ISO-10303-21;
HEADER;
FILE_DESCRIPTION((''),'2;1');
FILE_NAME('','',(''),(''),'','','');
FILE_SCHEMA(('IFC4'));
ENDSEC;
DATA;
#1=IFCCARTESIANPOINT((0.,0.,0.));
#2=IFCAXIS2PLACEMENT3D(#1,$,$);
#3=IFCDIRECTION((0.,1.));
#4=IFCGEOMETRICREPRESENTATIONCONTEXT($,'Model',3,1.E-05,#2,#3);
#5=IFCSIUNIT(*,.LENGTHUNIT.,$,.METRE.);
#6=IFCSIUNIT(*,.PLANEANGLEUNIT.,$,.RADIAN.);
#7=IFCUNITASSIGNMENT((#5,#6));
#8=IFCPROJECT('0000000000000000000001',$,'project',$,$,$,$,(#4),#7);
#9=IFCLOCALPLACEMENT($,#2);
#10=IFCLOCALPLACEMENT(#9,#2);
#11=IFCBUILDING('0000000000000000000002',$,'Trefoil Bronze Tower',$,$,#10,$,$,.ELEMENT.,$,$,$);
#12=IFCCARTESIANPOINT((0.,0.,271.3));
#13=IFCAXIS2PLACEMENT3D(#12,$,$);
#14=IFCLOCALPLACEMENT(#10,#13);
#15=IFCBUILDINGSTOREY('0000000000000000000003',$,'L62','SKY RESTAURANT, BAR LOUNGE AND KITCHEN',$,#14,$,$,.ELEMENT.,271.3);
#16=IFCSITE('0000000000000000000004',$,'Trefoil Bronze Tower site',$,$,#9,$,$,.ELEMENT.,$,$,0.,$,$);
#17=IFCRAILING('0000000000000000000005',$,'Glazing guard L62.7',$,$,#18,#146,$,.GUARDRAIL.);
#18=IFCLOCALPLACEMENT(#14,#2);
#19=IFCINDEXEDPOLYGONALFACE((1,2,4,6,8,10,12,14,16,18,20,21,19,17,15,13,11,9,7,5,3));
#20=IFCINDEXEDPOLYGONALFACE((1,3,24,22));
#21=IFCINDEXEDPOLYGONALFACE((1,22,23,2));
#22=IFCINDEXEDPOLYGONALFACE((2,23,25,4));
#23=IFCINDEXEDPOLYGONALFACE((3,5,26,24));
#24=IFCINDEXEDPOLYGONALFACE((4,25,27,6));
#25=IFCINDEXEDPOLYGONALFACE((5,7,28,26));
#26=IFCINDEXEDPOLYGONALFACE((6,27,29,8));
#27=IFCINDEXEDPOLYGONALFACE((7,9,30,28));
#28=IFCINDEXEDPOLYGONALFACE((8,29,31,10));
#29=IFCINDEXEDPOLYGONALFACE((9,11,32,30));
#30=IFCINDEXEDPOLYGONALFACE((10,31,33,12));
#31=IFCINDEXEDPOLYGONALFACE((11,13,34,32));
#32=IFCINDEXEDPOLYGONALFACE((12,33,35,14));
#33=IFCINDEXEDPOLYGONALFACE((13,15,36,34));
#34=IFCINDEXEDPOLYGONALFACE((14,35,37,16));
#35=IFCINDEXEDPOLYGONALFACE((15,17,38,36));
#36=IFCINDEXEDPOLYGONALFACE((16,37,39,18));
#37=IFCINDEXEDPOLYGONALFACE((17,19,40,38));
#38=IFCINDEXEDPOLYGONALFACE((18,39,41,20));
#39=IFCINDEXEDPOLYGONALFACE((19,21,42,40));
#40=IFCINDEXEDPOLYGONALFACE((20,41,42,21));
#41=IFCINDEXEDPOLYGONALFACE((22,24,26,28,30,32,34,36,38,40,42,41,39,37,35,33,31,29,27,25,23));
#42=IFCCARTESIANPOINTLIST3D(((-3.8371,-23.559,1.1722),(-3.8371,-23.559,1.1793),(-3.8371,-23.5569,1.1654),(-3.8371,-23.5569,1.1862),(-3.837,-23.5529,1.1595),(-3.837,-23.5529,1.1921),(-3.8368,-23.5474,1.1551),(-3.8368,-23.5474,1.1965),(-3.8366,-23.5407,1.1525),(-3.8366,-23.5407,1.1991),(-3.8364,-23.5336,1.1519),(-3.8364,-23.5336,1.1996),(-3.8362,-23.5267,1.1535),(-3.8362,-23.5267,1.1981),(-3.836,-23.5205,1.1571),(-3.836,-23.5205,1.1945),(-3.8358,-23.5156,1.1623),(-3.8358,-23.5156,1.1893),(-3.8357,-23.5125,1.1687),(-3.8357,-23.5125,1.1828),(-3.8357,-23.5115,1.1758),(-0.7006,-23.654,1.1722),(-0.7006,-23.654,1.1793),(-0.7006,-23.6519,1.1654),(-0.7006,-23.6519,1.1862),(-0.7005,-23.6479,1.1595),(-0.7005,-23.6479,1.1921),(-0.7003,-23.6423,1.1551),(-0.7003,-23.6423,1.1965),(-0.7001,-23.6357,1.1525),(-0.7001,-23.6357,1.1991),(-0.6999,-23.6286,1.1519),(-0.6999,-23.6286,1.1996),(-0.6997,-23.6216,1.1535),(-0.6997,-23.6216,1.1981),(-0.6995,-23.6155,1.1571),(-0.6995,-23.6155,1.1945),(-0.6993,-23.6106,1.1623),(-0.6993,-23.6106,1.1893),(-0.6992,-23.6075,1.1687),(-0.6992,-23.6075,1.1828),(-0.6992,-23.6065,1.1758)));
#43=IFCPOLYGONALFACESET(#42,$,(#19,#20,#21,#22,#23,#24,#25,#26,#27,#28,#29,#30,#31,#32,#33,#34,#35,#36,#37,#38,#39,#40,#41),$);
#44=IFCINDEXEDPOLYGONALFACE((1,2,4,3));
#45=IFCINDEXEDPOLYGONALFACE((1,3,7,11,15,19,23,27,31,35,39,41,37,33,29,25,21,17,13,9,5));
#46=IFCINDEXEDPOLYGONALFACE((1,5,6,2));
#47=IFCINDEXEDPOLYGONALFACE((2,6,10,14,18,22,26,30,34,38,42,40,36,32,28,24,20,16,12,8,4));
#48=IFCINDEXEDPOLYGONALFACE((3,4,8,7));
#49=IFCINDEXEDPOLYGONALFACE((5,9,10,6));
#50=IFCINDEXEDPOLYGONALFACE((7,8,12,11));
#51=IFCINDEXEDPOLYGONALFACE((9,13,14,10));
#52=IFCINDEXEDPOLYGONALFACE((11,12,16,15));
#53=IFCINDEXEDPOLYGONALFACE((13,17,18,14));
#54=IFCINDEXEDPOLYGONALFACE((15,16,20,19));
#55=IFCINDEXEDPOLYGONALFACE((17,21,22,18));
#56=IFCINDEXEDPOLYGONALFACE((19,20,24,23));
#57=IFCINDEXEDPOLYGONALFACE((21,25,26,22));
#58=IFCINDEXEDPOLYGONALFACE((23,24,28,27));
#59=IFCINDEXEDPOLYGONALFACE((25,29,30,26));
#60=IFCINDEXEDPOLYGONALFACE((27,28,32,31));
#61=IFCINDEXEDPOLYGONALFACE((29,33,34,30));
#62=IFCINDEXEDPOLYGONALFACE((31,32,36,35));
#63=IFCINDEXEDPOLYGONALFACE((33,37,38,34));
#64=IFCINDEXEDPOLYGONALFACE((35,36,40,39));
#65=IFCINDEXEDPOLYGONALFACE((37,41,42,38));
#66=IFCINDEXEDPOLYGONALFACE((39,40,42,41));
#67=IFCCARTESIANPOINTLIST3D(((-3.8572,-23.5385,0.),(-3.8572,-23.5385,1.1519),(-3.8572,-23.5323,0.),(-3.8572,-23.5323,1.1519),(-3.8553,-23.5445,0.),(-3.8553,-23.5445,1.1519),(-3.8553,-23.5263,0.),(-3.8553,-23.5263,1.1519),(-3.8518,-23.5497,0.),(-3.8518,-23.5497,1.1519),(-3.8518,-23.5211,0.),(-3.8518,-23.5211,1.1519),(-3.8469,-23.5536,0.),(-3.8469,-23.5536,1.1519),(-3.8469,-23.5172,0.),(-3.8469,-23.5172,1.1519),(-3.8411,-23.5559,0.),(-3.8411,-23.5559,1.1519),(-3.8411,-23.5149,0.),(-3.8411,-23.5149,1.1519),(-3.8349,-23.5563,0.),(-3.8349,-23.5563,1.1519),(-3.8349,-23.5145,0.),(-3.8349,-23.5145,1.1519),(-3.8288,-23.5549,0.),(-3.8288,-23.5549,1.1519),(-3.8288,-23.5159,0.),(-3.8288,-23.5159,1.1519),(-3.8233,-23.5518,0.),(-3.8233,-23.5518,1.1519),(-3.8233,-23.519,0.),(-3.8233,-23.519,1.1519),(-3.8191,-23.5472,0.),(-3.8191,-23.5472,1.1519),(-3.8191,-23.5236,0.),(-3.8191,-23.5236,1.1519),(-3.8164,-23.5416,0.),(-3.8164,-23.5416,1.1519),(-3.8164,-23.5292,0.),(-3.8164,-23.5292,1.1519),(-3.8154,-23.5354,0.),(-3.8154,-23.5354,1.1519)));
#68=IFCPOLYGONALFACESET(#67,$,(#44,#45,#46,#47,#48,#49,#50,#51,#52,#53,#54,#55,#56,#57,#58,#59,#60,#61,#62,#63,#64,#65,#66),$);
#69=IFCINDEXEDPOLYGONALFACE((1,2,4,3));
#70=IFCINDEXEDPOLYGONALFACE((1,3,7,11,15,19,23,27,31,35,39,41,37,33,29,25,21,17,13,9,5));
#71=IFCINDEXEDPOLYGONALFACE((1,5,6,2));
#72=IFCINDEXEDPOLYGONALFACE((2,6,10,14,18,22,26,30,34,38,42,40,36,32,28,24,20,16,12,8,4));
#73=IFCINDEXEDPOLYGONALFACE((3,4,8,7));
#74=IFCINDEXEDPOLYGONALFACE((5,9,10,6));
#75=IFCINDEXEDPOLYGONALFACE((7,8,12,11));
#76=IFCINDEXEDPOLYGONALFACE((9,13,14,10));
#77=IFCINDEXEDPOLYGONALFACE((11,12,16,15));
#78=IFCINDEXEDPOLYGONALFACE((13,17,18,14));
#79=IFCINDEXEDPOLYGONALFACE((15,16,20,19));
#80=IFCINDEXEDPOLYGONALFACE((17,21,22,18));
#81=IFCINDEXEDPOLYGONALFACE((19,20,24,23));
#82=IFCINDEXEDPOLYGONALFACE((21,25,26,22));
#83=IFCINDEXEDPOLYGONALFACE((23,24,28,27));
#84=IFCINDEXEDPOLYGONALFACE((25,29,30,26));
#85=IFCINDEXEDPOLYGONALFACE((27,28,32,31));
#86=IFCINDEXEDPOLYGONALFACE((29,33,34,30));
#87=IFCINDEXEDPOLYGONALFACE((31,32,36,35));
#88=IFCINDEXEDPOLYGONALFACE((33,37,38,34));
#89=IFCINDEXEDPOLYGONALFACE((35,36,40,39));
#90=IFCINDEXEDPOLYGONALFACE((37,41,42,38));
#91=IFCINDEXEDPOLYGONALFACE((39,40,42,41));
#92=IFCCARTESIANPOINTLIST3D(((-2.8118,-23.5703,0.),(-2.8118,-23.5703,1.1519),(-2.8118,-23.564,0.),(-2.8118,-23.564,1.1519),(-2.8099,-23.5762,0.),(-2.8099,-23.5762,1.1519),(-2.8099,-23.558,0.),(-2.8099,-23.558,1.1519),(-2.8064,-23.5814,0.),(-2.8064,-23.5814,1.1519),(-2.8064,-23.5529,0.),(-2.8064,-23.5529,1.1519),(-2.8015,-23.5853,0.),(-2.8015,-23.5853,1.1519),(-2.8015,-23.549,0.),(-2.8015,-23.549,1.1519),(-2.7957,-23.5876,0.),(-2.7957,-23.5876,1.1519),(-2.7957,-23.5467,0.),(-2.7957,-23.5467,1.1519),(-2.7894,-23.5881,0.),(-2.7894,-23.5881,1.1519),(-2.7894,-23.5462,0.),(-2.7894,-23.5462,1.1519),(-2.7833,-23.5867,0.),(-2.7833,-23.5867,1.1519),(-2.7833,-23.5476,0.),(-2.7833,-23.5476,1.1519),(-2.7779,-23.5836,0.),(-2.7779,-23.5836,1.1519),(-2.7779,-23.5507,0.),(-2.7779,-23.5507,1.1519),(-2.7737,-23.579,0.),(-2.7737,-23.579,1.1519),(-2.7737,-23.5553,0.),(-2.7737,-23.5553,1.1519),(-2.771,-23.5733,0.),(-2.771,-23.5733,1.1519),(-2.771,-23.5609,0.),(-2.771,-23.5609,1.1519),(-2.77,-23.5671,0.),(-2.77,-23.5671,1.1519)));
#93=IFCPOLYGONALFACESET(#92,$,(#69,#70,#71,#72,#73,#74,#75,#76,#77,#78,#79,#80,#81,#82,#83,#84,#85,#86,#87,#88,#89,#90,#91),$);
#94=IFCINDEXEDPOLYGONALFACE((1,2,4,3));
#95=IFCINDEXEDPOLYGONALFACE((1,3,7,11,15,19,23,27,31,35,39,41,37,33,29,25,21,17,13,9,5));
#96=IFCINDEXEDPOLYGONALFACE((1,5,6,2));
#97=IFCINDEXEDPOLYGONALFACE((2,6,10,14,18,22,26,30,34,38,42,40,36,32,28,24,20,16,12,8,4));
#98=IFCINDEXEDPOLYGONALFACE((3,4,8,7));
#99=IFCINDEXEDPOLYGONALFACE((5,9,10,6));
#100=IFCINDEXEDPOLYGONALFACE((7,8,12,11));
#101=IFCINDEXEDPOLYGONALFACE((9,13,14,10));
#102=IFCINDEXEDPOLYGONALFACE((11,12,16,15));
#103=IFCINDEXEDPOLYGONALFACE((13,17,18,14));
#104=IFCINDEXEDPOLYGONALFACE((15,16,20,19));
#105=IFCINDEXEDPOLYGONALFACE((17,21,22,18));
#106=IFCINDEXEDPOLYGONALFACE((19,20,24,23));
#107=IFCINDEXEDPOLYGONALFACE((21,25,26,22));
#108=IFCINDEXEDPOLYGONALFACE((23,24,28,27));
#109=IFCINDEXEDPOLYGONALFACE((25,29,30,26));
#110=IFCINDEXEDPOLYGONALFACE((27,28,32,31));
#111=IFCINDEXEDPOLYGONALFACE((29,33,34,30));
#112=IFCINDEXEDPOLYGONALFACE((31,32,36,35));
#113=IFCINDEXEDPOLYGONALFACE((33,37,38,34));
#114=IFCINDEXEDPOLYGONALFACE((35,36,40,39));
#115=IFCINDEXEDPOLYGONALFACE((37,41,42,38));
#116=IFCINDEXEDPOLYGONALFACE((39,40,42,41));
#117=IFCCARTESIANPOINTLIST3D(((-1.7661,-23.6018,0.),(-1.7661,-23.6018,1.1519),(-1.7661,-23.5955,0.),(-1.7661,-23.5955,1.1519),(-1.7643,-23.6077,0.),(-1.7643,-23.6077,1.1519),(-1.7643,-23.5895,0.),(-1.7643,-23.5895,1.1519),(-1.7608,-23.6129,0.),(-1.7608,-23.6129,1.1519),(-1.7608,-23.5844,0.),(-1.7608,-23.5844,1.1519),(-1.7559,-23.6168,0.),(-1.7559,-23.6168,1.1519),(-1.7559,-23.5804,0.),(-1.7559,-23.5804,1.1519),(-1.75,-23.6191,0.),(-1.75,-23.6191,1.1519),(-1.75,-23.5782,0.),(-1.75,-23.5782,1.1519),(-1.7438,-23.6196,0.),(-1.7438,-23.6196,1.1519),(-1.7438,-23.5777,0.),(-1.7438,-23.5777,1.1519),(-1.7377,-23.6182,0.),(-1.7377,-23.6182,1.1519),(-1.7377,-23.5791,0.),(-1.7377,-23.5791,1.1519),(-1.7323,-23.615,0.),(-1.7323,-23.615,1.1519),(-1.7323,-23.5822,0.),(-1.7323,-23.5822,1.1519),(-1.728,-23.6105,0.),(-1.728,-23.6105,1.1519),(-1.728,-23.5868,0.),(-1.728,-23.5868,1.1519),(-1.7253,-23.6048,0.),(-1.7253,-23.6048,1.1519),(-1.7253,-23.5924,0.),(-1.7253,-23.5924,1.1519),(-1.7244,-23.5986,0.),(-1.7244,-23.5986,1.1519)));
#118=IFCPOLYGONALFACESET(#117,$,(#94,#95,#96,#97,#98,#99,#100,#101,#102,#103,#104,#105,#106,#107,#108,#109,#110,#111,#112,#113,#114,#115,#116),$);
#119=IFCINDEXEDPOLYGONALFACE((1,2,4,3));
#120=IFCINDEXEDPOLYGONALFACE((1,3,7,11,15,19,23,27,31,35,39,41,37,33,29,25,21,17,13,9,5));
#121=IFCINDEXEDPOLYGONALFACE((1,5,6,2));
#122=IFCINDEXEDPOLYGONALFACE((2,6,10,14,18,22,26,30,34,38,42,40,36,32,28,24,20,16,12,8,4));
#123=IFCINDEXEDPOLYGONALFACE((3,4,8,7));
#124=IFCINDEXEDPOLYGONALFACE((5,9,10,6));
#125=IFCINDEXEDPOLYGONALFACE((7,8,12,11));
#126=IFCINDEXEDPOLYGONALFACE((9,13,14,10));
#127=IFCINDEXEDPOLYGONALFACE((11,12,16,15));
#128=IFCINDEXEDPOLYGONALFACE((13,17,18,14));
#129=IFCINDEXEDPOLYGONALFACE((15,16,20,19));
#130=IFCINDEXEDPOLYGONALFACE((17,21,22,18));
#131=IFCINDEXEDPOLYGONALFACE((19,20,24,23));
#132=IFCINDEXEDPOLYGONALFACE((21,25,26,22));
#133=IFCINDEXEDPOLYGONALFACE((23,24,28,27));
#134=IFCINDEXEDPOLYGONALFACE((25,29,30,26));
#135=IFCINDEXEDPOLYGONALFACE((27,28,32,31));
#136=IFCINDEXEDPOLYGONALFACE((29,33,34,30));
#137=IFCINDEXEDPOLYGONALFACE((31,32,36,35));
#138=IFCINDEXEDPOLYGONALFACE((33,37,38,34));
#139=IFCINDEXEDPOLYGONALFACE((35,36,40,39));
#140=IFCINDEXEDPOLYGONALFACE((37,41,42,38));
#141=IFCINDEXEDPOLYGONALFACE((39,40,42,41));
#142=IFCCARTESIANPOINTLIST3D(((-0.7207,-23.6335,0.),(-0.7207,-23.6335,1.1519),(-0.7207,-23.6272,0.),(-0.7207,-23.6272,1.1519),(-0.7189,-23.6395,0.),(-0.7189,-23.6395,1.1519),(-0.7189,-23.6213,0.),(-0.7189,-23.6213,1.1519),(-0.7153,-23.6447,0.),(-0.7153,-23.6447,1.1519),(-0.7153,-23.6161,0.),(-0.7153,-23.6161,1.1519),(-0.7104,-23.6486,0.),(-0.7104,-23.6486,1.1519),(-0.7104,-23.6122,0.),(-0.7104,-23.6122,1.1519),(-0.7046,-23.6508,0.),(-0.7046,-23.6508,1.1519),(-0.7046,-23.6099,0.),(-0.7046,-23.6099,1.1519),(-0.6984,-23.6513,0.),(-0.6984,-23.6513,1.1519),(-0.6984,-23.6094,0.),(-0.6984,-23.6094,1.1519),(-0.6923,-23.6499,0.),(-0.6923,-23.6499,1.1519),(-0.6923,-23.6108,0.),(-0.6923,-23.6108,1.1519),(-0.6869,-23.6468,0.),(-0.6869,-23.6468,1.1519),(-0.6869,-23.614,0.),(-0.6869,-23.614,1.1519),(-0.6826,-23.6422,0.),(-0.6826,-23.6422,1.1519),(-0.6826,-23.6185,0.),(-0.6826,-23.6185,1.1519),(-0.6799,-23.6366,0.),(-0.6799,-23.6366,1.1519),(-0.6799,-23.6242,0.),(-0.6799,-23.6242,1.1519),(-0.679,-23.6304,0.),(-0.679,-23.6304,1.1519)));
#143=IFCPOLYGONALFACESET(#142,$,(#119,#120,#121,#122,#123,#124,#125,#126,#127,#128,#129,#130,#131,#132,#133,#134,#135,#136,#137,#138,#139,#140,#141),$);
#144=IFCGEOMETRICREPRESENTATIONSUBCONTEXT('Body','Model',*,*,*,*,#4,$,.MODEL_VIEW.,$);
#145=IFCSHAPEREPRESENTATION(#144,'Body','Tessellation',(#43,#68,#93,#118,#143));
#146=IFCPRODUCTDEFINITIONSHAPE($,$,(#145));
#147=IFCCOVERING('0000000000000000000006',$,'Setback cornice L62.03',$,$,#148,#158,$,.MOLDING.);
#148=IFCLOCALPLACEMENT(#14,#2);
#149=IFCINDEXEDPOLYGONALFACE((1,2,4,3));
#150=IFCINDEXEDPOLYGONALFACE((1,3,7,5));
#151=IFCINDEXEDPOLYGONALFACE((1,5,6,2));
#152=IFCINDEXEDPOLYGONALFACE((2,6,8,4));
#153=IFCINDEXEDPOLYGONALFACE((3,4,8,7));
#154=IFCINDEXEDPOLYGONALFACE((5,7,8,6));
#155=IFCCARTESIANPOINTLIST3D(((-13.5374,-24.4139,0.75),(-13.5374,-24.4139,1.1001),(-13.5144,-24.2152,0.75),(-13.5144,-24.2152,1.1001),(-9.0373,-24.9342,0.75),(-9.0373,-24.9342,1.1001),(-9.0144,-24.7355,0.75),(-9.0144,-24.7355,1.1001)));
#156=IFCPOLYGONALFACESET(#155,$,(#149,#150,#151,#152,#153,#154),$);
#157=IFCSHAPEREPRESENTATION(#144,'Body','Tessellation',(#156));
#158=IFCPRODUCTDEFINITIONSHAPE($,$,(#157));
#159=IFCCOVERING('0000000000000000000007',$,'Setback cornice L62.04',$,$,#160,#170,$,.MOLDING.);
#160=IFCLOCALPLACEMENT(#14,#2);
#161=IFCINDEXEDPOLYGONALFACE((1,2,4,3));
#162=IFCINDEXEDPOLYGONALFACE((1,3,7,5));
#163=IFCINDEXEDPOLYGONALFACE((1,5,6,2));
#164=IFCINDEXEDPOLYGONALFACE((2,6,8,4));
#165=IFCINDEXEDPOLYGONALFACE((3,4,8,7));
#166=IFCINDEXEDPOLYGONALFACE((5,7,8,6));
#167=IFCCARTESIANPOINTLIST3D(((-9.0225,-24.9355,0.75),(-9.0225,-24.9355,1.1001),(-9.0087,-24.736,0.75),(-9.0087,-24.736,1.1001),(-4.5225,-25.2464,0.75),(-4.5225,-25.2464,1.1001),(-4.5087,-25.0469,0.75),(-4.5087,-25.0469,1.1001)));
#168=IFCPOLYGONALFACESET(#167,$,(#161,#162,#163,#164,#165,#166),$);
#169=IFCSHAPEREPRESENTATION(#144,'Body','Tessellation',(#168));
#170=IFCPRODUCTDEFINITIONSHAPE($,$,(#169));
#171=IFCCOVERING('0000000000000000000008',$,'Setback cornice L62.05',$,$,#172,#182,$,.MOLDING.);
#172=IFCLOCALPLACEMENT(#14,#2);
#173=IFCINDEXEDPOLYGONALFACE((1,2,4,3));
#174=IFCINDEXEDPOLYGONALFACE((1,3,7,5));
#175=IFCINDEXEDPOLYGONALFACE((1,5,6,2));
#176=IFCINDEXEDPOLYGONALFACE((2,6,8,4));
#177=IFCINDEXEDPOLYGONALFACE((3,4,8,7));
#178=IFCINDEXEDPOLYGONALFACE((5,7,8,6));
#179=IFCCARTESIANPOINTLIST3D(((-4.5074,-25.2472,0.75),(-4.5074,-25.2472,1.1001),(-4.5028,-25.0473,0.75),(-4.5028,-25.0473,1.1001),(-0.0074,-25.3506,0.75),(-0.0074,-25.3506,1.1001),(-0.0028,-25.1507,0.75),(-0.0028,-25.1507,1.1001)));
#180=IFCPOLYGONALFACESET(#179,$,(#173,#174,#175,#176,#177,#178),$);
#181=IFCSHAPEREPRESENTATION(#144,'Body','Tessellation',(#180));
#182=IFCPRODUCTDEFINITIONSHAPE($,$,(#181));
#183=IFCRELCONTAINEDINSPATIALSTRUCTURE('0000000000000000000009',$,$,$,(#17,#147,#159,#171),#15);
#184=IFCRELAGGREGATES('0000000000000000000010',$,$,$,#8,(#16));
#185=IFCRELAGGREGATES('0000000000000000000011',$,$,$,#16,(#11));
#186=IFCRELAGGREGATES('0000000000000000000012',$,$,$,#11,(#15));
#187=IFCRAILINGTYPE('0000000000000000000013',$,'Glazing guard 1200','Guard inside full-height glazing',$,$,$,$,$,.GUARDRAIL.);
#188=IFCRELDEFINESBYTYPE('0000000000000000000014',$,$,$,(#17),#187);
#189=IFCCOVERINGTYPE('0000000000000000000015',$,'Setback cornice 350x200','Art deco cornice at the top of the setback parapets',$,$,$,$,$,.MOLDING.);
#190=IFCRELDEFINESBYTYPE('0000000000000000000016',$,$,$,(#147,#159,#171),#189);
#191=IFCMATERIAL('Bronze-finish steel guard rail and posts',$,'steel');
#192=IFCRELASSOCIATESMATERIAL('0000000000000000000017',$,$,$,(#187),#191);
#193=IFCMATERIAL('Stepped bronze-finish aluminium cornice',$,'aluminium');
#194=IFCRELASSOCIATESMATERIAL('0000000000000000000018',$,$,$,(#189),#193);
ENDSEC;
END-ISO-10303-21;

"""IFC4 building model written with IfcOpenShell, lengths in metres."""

from ifc_helpers import new_model, si_unit, direction, frame, origin, origin_2d, place, context, subcontext, project, spatial, rectangle, circle, extrude, material, type_object, element, save


model = new_model("IFC4")

# Units and contexts
model_context = context("Model", 3, precision=1e-05, world=origin(), true_north=direction((0.0, 1.0)))
body_context = subcontext(model_context, "Body", "Model", "MODEL_VIEW")
ifc_project = project(units=[si_unit("LENGTHUNIT", "METRE"), si_unit("PLANEANGLEUNIT", "RADIAN")], contexts=[model_context])

# Site, building, storey
site_placement = place(None, origin())
site = spatial("IfcSite", under=ifc_project, at=site_placement, Name="Trefoil Bronze Tower site", CompositionType="ELEMENT", RefElevation=0.0)
building_placement = place(site_placement, origin())
building = spatial("IfcBuilding", under=site, at=building_placement, Name="Trefoil Bronze Tower", CompositionType="ELEMENT")
storey_placement = place(building_placement, frame((0.0, 0.0, 271.3)))
storey = spatial("IfcBuildingStorey", under=building, at=storey_placement, Name="L62", Description="SKY RESTAURANT, BAR LOUNGE AND KITCHEN", CompositionType="ELEMENT", Elevation=271.3)

# Railing
ifc_material_1 = material(Name="Bronze-finish steel guard rail and posts", Category="steel")
railing_type = type_object("IfcRailingType", Name="Glazing guard 1200", Description="Guard inside full-height glazing", PredefinedType="GUARDRAIL", material=ifc_material_1)
railing_1_placement = place(storey_placement, frame((-3.8364, -23.5354, 0.0)))
element("IfcRailing", 1, at=railing_1_placement, inside=storey, type_object=railing_type, Name="Glazing guard L62.7", PredefinedType="GUARDRAIL", context=body_context, shape_type="SweptSolid", body=[
    extrude(circle(Radius=0.0239, at=origin_2d()), frame((0.0, 0.0, 1.1758), z_axis=(0.999542, -0.030266, 0.0), x_axis=(0.030266, 0.999542, 0.0)), (0.0, 0.0, 1.0), 3.1379),
    extrude(circle(Radius=0.021, at=origin_2d()), origin(), (0.0, 0.0, 1.0), 1.1519),
    extrude(circle(Radius=0.021, at=origin_2d()), frame((1.0454, -0.0317, 0.0)), (0.0, 0.0, 1.0), 1.1519),
    extrude(circle(Radius=0.021, at=origin_2d()), frame((2.0911, -0.0632, 0.0)), (0.0, 0.0, 1.0), 1.1519),
    extrude(circle(Radius=0.021, at=origin_2d()), frame((3.1365, -0.095, 0.0)), (0.0, 0.0, 1.0), 1.1519),
])

# Coverings
ifc_material_2 = material(Name="Stepped bronze-finish aluminium cornice", Category="aluminium")
covering_type = type_object("IfcCoveringType", Name="Setback cornice 350x200", Description="Art deco cornice at the top of the setback parapets", PredefinedType="MOLDING", material=ifc_material_2)
covering_1_placement = place(storey_placement, frame((-11.2759, -24.5747, 0.75), z_axis=(0.0, 0.0, 1.0), x_axis=(0.993382, -0.114859, 0.0)))
element("IfcCovering", 2, at=covering_1_placement, inside=storey, type_object=covering_type, Name="Setback cornice L62.03", PredefinedType="MOLDING", context=body_context, shape_type="SweptSolid", body=[
    extrude(rectangle(XDim=4.53, YDim=0.2, at=origin_2d()), origin(), (0.0, 0.0, 1.0), 0.3501),
])
covering_2_placement = place(storey_placement, frame((-6.7656, -24.9912, 0.75), z_axis=(0.0, 0.0, 1.0), x_axis=(0.997623, -0.068915, 0.0)))
element("IfcCovering", 3, at=covering_2_placement, inside=storey, type_object=covering_type, Name="Setback cornice L62.04", PredefinedType="MOLDING", context=body_context, shape_type="SweptSolid", body=[
    extrude(rectangle(XDim=4.5107, YDim=0.2, at=origin_2d()), origin(), (0.0, 0.0, 1.0), 0.3501),
])
covering_3_placement = place(storey_placement, frame((-2.2551, -25.199, 0.75), z_axis=(0.0, 0.0, 1.0), x_axis=(0.999736, -0.022972, 0.0)))
element("IfcCovering", 4, at=covering_3_placement, inside=storey, type_object=covering_type, Name="Setback cornice L62.05", PredefinedType="MOLDING", context=body_context, shape_type="SweptSolid", body=[
    extrude(rectangle(XDim=4.5012, YDim=0.2, at=origin_2d()), origin(), (0.0, 0.0, 1.0), 0.3501),
])

save(model, "model.ifc")
